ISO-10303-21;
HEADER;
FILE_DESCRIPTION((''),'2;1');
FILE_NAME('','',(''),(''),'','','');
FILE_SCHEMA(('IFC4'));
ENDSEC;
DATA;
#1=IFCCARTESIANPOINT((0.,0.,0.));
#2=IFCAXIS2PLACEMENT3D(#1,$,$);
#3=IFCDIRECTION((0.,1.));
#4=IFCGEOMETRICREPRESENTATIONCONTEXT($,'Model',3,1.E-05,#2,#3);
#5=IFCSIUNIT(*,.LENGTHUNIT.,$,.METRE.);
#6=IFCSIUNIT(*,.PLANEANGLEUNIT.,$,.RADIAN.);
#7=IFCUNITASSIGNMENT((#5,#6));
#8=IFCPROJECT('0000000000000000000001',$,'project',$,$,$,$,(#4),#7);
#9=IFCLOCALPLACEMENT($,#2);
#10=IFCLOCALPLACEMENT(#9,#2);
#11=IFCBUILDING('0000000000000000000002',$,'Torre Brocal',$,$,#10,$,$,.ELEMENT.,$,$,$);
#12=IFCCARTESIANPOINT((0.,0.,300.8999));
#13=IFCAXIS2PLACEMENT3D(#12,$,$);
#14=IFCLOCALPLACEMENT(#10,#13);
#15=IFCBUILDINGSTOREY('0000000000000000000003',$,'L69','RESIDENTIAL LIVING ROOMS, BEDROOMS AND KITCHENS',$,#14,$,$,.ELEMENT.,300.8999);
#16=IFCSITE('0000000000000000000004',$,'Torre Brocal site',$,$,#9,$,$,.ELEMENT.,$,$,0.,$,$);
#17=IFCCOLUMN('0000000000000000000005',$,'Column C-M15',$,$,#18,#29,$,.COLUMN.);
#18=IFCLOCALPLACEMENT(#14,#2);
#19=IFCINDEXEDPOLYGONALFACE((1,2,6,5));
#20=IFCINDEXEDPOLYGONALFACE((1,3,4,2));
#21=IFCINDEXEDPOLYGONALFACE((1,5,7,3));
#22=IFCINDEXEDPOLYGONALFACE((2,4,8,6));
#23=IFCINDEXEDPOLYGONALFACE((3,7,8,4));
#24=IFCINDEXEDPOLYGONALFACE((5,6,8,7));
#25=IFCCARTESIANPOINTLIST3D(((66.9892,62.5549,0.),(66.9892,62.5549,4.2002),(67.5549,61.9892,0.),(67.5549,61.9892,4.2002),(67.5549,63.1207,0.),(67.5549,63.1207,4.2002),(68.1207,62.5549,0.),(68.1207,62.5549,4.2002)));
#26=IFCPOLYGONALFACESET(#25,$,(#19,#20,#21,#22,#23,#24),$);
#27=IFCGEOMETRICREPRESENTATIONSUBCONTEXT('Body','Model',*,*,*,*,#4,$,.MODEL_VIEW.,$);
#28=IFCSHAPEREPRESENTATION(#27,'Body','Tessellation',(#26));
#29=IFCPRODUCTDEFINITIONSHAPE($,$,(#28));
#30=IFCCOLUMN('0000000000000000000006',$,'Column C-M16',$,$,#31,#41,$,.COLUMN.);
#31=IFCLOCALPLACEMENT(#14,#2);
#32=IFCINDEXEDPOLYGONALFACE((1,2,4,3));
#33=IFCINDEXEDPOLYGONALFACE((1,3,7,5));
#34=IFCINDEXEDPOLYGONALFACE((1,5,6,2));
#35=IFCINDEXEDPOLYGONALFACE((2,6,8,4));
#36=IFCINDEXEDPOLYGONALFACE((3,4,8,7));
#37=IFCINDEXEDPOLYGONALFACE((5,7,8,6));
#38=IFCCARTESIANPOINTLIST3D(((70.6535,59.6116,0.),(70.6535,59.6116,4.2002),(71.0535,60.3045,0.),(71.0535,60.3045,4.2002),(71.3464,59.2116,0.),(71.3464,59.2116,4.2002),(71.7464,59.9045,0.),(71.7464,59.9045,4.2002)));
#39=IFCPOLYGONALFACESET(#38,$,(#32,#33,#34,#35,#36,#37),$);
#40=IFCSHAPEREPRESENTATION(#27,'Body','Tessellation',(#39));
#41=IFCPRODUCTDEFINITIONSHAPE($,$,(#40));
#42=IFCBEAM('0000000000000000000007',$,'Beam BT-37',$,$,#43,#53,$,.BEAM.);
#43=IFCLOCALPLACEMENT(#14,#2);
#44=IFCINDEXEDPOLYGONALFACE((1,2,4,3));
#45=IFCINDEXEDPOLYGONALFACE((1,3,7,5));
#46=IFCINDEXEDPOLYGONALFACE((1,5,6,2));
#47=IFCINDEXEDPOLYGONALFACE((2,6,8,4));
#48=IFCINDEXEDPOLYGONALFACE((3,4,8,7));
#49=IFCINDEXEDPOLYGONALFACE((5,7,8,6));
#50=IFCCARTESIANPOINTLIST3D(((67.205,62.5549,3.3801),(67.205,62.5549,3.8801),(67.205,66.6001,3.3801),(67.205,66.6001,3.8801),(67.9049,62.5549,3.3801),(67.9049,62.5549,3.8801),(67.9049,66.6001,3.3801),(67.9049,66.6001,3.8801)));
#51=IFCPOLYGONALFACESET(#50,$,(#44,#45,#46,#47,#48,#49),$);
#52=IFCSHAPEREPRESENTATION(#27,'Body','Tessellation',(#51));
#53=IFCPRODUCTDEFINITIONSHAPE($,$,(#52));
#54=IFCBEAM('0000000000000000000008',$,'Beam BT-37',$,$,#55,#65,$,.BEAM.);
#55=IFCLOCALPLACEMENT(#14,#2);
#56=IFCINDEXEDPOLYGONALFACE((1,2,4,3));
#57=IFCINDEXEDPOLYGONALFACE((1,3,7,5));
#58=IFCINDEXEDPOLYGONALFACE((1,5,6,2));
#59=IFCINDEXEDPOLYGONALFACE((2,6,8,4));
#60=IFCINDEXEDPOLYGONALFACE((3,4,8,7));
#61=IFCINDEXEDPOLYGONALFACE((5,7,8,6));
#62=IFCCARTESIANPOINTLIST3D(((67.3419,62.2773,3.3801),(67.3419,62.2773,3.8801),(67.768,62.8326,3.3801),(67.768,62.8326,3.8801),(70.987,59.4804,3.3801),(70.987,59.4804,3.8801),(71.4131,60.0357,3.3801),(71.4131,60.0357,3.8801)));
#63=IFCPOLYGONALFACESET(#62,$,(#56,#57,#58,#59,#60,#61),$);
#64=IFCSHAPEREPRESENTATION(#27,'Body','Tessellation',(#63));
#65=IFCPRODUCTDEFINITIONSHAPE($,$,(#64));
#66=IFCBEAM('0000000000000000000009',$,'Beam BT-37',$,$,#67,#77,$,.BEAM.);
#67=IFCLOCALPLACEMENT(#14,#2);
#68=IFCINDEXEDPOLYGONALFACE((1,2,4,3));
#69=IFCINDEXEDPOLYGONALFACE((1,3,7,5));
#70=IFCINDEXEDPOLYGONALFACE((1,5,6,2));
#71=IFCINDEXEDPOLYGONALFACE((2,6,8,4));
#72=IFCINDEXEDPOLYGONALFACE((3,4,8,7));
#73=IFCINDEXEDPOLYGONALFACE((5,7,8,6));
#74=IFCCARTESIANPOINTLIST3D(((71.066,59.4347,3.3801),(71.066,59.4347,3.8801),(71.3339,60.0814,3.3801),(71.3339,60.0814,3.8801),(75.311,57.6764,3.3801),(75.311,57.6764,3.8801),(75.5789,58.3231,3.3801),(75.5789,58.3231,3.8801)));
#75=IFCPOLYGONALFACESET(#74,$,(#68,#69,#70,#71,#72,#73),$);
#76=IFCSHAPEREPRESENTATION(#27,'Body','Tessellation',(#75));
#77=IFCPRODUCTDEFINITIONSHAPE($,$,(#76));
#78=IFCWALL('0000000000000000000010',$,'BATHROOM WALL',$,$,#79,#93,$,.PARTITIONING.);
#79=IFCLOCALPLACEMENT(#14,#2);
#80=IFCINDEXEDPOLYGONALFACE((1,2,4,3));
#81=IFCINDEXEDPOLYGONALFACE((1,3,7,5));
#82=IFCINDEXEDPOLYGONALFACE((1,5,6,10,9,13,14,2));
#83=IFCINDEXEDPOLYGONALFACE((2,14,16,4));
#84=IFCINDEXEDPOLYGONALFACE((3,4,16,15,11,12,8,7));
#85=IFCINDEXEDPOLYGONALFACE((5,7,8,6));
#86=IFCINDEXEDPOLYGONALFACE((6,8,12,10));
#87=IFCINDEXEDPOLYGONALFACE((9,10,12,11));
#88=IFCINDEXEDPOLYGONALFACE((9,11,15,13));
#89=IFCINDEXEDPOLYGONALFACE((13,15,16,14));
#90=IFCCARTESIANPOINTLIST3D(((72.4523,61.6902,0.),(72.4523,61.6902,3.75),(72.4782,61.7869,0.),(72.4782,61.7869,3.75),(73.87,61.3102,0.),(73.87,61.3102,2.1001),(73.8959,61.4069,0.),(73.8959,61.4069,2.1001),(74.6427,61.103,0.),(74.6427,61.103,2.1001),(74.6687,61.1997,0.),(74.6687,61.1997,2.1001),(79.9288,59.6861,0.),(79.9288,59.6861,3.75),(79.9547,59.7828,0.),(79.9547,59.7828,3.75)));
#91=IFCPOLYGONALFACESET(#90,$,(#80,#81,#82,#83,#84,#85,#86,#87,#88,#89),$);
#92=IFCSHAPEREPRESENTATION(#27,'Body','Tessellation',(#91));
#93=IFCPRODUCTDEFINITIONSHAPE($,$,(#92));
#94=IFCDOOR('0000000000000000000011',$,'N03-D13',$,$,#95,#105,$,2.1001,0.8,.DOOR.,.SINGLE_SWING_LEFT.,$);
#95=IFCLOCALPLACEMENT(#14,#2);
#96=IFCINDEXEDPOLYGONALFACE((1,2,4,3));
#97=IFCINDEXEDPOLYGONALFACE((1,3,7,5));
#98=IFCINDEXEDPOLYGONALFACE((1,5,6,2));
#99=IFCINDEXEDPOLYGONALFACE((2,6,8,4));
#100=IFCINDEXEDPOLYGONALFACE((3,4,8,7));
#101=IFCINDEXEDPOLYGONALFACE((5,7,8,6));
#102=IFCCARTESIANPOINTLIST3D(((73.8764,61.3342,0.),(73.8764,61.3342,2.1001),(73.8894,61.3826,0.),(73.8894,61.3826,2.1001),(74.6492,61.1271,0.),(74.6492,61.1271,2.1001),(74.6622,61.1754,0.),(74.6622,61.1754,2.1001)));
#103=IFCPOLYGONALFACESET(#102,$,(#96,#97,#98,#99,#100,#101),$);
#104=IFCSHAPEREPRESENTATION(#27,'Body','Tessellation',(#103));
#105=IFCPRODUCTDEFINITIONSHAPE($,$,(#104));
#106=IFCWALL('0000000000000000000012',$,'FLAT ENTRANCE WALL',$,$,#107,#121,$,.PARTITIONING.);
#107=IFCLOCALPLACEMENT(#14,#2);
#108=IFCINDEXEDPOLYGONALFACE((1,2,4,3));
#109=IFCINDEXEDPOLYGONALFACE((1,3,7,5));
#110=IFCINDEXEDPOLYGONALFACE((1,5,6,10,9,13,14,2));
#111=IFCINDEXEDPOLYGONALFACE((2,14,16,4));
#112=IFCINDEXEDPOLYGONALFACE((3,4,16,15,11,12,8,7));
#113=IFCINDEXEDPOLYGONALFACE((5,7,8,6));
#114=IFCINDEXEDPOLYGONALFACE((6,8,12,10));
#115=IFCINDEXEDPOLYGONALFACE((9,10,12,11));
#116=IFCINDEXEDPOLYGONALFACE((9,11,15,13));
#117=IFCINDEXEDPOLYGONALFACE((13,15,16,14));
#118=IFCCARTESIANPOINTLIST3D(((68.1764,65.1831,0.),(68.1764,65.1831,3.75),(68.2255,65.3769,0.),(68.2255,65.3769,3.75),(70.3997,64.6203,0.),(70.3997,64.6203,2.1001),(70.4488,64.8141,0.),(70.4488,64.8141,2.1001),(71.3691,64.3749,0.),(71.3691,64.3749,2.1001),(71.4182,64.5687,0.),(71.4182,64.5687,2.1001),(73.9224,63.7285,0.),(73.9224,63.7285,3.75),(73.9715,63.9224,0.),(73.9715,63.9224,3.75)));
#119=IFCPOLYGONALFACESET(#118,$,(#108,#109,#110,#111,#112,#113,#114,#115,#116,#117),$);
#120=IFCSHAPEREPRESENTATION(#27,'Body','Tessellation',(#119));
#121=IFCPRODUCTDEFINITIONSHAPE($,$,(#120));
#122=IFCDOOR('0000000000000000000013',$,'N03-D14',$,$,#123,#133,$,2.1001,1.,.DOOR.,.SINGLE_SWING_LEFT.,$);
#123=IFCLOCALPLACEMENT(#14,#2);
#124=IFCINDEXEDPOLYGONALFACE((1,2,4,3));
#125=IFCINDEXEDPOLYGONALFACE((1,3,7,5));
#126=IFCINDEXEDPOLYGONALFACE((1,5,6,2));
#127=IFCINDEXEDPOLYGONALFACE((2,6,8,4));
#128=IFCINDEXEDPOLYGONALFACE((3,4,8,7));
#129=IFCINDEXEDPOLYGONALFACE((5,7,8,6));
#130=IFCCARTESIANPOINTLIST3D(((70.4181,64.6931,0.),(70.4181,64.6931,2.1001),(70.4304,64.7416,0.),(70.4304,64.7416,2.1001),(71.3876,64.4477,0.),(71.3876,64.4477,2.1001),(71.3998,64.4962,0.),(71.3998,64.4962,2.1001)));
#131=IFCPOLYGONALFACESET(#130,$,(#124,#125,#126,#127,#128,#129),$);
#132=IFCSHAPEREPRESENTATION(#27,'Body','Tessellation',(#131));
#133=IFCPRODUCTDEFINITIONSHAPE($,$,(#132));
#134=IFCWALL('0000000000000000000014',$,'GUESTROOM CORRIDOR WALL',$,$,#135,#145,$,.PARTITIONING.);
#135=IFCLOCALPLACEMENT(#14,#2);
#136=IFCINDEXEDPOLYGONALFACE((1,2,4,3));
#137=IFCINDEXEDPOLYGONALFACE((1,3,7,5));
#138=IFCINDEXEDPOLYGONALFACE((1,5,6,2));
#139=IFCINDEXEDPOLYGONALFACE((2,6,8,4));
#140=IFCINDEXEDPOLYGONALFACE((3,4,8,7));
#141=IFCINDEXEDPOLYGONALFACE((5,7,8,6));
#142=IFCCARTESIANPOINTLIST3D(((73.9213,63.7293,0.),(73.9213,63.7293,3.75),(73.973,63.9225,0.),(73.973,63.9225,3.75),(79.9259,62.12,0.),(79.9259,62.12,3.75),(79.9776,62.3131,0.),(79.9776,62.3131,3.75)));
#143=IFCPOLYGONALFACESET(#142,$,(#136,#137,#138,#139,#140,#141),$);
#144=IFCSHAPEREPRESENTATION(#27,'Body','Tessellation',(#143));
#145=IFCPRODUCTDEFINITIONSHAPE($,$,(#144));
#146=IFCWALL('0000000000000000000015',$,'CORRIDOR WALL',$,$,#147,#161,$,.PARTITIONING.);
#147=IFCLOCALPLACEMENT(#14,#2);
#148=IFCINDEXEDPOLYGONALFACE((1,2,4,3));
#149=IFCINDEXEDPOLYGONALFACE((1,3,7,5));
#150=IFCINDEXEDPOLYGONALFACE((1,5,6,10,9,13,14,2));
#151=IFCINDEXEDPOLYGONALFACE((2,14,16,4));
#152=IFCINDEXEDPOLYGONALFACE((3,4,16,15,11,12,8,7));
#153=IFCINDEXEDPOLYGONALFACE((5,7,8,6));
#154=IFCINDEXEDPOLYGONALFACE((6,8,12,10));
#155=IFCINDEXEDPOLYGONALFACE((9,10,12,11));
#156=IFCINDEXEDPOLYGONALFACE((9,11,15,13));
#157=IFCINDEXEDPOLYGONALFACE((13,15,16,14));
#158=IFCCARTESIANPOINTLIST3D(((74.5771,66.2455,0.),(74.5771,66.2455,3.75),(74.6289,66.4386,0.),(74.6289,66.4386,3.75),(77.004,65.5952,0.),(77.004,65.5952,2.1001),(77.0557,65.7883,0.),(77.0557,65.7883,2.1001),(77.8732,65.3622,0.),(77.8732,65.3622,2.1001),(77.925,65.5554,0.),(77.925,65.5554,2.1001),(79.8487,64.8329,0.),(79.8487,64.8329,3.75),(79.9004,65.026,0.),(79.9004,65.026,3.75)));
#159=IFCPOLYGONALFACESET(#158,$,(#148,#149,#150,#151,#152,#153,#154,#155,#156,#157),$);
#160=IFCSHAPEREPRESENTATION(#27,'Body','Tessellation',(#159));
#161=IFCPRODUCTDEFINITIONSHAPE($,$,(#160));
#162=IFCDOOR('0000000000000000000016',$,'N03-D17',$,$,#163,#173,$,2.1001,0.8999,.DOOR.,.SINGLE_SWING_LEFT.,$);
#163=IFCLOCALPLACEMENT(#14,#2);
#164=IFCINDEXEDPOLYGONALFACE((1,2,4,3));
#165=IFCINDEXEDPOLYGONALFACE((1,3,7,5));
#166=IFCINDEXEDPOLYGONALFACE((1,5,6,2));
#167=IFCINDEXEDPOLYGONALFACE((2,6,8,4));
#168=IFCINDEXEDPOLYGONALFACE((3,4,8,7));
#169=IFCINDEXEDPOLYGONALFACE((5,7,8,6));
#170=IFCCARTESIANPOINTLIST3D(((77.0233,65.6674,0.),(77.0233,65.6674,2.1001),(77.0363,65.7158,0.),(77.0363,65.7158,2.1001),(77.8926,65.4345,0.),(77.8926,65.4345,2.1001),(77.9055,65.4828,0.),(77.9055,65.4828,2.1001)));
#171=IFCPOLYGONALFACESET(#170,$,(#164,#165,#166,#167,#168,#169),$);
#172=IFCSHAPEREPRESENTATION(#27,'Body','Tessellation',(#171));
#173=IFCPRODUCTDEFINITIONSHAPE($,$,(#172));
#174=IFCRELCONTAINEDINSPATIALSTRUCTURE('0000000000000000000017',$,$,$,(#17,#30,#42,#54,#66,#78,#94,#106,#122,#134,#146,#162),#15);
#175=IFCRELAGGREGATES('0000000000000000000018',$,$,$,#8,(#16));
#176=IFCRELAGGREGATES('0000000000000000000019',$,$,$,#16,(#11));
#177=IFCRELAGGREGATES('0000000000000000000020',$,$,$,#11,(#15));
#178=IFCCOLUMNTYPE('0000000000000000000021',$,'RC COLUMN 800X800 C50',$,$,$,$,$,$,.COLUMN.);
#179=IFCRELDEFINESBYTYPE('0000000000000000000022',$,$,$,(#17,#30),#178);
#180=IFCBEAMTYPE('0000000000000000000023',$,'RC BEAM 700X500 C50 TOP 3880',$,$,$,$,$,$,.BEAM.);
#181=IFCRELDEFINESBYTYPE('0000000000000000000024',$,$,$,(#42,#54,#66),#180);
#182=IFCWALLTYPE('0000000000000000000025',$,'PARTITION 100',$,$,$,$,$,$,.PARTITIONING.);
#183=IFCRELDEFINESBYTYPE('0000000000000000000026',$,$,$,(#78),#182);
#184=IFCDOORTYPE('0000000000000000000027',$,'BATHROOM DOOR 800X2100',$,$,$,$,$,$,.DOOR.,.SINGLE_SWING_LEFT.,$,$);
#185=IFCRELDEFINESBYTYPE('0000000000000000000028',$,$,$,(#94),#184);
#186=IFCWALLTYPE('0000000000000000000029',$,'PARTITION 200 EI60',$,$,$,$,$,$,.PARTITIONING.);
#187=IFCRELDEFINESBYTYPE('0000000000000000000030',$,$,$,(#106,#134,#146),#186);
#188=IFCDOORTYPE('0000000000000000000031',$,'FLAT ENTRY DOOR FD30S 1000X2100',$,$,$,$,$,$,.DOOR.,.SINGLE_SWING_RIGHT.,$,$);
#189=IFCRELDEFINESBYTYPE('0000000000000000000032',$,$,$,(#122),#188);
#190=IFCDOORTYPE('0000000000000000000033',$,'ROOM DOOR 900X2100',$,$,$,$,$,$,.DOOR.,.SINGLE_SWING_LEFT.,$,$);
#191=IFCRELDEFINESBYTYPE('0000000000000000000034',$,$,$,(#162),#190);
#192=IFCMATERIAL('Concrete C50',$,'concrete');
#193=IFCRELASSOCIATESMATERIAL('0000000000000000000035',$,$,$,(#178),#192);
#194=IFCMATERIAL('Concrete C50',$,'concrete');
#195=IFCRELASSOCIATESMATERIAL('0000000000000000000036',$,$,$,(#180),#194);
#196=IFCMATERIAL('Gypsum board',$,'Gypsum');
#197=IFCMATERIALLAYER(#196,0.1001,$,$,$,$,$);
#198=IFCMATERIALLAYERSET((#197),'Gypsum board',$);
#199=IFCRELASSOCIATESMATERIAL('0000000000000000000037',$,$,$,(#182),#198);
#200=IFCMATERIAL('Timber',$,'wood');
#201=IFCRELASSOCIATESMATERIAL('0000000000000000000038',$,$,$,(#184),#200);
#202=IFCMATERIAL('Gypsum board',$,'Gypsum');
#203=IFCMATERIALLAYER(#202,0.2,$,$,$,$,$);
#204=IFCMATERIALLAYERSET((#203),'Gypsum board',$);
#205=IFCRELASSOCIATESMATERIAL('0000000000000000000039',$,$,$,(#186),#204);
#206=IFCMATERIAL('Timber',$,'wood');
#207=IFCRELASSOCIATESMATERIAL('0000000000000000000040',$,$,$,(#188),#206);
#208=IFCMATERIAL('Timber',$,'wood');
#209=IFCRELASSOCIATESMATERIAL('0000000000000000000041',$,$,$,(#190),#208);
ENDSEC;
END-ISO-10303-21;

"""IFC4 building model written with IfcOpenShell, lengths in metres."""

from ifc_helpers import new_model, si_unit, direction, frame, frame_2d, origin, origin_2d, place, context, subcontext, project, spatial, rectangle, extrude, material, layer, layer_set, material_profile, profile_set, type_object, element, fill, save


model = new_model("IFC4")

# Units and contexts
model_context = context("Model", 3, precision=1e-05, world=origin(), true_north=direction((0.0, 1.0)))
body_context = subcontext(model_context, "Body", "Model", "MODEL_VIEW")
ifc_project = project(units=[si_unit("LENGTHUNIT", "METRE"), si_unit("PLANEANGLEUNIT", "RADIAN")], contexts=[model_context])

# Site, building, storey
site_placement = place(None, origin())
site = spatial("IfcSite", under=ifc_project, at=site_placement, Name="Torre Brocal site", CompositionType="ELEMENT", RefElevation=0.0)
building_placement = place(site_placement, origin())
building = spatial("IfcBuilding", under=site, at=building_placement, Name="Torre Brocal", CompositionType="ELEMENT")
storey_placement = place(building_placement, frame((0.0, 0.0, 300.8999)))
storey = spatial("IfcBuildingStorey", under=building, at=storey_placement, Name="L69", Description="RESIDENTIAL LIVING ROOMS, BEDROOMS AND KITCHENS", CompositionType="ELEMENT", Elevation=300.8999)

# Columns
ifc_material_1 = material(Name="Concrete C50", Category="concrete")
ifc_material_profile_1 = material_profile(ifc_material_1, rectangle(XDim=0.8, YDim=0.8, at=origin_2d()), Name="RC 800X800")
ifc_profile_set_1 = profile_set([ifc_material_profile_1], Name="Concrete C50")
column_type = type_object("IfcColumnType", Name="RC COLUMN 800X800 C50", PredefinedType="COLUMN", material=ifc_profile_set_1)
for number, where, z_axis, x_axis, name in (
    (1, (67.5549, 62.5549, 0.0), (0.0, 0.0, 1.0), (-0.707107, -0.707107, 0.0), "Column C-M15"),
    (2, (71.2, 59.7581, 0.0), (0.0, 0.0, 1.0), (-0.5, -0.866025, 0.0), "Column C-M16"),
):
    element("IfcColumn", number, at=place(storey_placement, frame(where, z_axis=z_axis, x_axis=x_axis)), inside=storey, type_object=column_type, Name=name, PredefinedType="COLUMN", context=body_context, shape_type="SweptSolid", body=[
        extrude(rectangle(XDim=0.8, YDim=0.8, at=origin_2d()), origin(), (0.0, 0.0, 1.0), 4.2002),
    ])

# Beams
ifc_material_2 = material(Name="Concrete C50", Category="concrete")
ifc_material_profile_2 = material_profile(ifc_material_2, rectangle(XDim=0.7, YDim=0.5, at=origin_2d()), Name="RC 700X500")
ifc_profile_set_2 = profile_set([ifc_material_profile_2], Name="Concrete C50")
beam_type = type_object("IfcBeamType", Name="RC BEAM 700X500 C50 TOP 3880", PredefinedType="BEAM", material=ifc_profile_set_2)
beam_1_placement = place(storey_placement, frame((67.5549, 62.5549, 3.6301), z_axis=(0.0, 1.0, 0.0), x_axis=(-1.0, 0.0, 0.0)))
element("IfcBeam", 3, at=beam_1_placement, inside=storey, type_object=beam_type, Name="Beam BT-37", PredefinedType="BEAM", context=body_context, shape_type="SweptSolid", body=[
    extrude(rectangle(XDim=0.7, YDim=0.5, at=origin_2d()), origin(), (0.0, 0.0, 1.0), 4.0452),
])
beam_2_placement = place(storey_placement, frame((67.5549, 62.5549, 3.6301), z_axis=(0.793358, -0.608755, 0.0), x_axis=(0.608755, 0.793358, 0.0)))
element("IfcBeam", 4, at=beam_2_placement, inside=storey, type_object=beam_type, Name="Beam BT-37", PredefinedType="BEAM", context=body_context, shape_type="SweptSolid", body=[
    extrude(rectangle(XDim=0.7, YDim=0.5, at=origin_2d()), origin(), (0.0, 0.0, 1.0), 4.5945),
])
beam_3_placement = place(storey_placement, frame((71.2, 59.7581, 3.6301), z_axis=(0.923878, -0.382687, 0.0), x_axis=(0.382687, 0.923878, 0.0)))
element("IfcBeam", 5, at=beam_3_placement, inside=storey, type_object=beam_type, Name="Beam BT-37", PredefinedType="BEAM", context=body_context, shape_type="SweptSolid", body=[
    extrude(rectangle(XDim=0.7, YDim=0.5, at=origin_2d()), origin(), (0.0, 0.0, 1.0), 4.5947),
])

# Walls, openings, doors
ifc_material_3 = material(Name="Gypsum board", Category="Gypsum")
ifc_layer_1 = layer(ifc_material_3, 0.1001)
ifc_layer_set_1 = layer_set([ifc_layer_1], Name="Gypsum board")
wall_type_1 = type_object("IfcWallType", Name="PARTITION 100", PredefinedType="PARTITIONING", material=ifc_layer_set_1)
wall_1_placement = place(storey_placement, frame((72.4653, 61.7385, 0.0), z_axis=(0.0, 0.0, 1.0), x_axis=(0.9659, -0.258917, 0.0)))
wall_1 = element("IfcWall", 6, at=wall_1_placement, inside=storey, type_object=wall_type_1, Name="BATHROOM WALL", PredefinedType="PARTITIONING", context=body_context, shape_type="SweptSolid", body=[
    extrude(rectangle(XDim=7.7405, YDim=0.1001, at=frame_2d((3.8701, 0.0))), origin(), (0.0, 0.0, 1.0), 3.75),
])
opening_1_placement = place(wall_1_placement, frame((1.4678, 0.0, 0.0)))
opening_1 = element("IfcOpeningElement", 7, at=opening_1_placement, cuts=wall_1, PredefinedType="OPENING", context=body_context, shape_type="SweptSolid", body=[
    extrude(rectangle(XDim=0.8, YDim=2.1001, at=frame_2d((0.3999, 1.05))), frame((0.0, 0.0601, 0.0), z_axis=(0.0, -1.0, 0.0), x_axis=(1.0, 0.0, 0.0)), (0.0, 0.0, 1.0), 0.1201),
])
ifc_material_4 = material(Name="Timber", Category="wood")
door_type_1 = type_object("IfcDoorType", Name="BATHROOM DOOR 800X2100", OperationType="SINGLE_SWING_LEFT", PredefinedType="DOOR", material=ifc_material_4)
door_1_placement = place(opening_1_placement, origin())
door_1 = element("IfcDoor", 8, at=door_1_placement, inside=storey, type_object=door_type_1, Name="N03-D13", OperationType="SINGLE_SWING_LEFT", OverallHeight=2.1001, OverallWidth=0.8, PredefinedType="DOOR", context=body_context, shape_type="SweptSolid", body=[
    extrude(rectangle(XDim=0.8, YDim=2.1001, at=frame_2d((0.3999, 1.05))), frame((0.0, 0.0249, 0.0), z_axis=(0.0, -1.0, 0.0), x_axis=(1.0, 0.0, 0.0)), (0.0, 0.0, 1.0), 0.05),
])
fill(opening_1, door_1)
ifc_material_5 = material(Name="Gypsum board", Category="Gypsum")
ifc_layer_2 = layer(ifc_material_5, 0.2)
ifc_layer_set_2 = layer_set([ifc_layer_2], Name="Gypsum board")
wall_type_2 = type_object("IfcWallType", Name="PARTITION 200 EI60", PredefinedType="PARTITIONING", material=ifc_layer_set_2)
wall_2_placement = place(storey_placement, frame((68.2009, 65.28, 0.0), z_axis=(0.0, 0.0, 1.0), x_axis=(0.969421, -0.245403, 0.0)))
wall_2 = element("IfcWall", 9, at=wall_2_placement, inside=storey, type_object=wall_type_2, Name="FLAT ENTRANCE WALL", PredefinedType="PARTITIONING", context=body_context, shape_type="SweptSolid", body=[
    extrude(rectangle(XDim=5.9272, YDim=0.2, at=frame_2d((2.9636, 0.0))), origin(), (0.0, 0.0, 1.0), 3.75),
])
opening_2_placement = place(wall_2_placement, frame((2.2935, 0.0, 0.0)))
opening_2 = element("IfcOpeningElement", 10, at=opening_2_placement, cuts=wall_2, PredefinedType="OPENING", context=body_context, shape_type="SweptSolid", body=[
    extrude(rectangle(XDim=1.0, YDim=2.1001, at=frame_2d((0.5, 1.05))), frame((0.0, 0.1099, 0.0), z_axis=(0.0, -1.0, 0.0), x_axis=(1.0, 0.0, 0.0)), (0.0, 0.0, 1.0), 0.22),
])
ifc_material_6 = material(Name="Timber", Category="wood")
door_type_2 = type_object("IfcDoorType", Name="FLAT ENTRY DOOR FD30S 1000X2100", OperationType="SINGLE_SWING_RIGHT", PredefinedType="DOOR", material=ifc_material_6)
door_2_placement = place(opening_2_placement, frame((1.0, 0.0, 0.0), z_axis=(0.0, 0.0, 1.0), x_axis=(-1.0, 0.0, 0.0)))
door_2 = element("IfcDoor", 11, at=door_2_placement, inside=storey, type_object=door_type_2, Name="N03-D14", OperationType="SINGLE_SWING_LEFT", OverallHeight=2.1001, OverallWidth=1.0, PredefinedType="DOOR", context=body_context, shape_type="SweptSolid", body=[
    extrude(rectangle(XDim=1.0, YDim=2.1001, at=frame_2d((0.5, 1.05))), frame((0.0, 0.0249, 0.0), z_axis=(0.0, -1.0, 0.0), x_axis=(1.0, 0.0, 0.0)), (0.0, 0.0, 1.0), 0.05),
])
fill(opening_2, door_2)

# Wall
wall_3_placement = place(storey_placement, frame((73.947, 63.8259, 0.0), z_axis=(0.0, 0.0, 1.0), x_axis=(0.965908, -0.258885, 0.0)))
element("IfcWall", 12, at=wall_3_placement, inside=storey, type_object=wall_type_2, Name="GUESTROOM CORRIDOR WALL", PredefinedType="PARTITIONING", context=body_context, shape_type="SweptSolid", body=[
    extrude(rectangle(XDim=6.2166, YDim=0.2, at=frame_2d((3.1084, 0.0))), origin(), (0.0, 0.0, 1.0), 3.75),
])

# Wall, opening, door
wall_4_placement = place(storey_placement, frame((74.603, 66.342, 0.0), z_axis=(0.0, 0.0, 1.0), x_axis=(0.965921, -0.258837, 0.0)))
wall_4 = element("IfcWall", 13, at=wall_4_placement, inside=storey, type_object=wall_type_2, Name="CORRIDOR WALL", PredefinedType="PARTITIONING", context=body_context, shape_type="SweptSolid", body=[
    extrude(rectangle(XDim=5.4575, YDim=0.2, at=frame_2d((2.7288, 0.0))), origin(), (0.0, 0.0, 1.0), 3.75),
])
opening_3_placement = place(wall_4_placement, frame((2.5125, 0.0, 0.0)))
opening_3 = element("IfcOpeningElement", 14, at=opening_3_placement, cuts=wall_4, PredefinedType="OPENING", context=body_context, shape_type="SweptSolid", body=[
    extrude(rectangle(XDim=0.8999, YDim=2.1001, at=frame_2d((0.45, 1.05))), frame((0.0, 0.1099, 0.0), z_axis=(0.0, -1.0, 0.0), x_axis=(1.0, 0.0, 0.0)), (0.0, 0.0, 1.0), 0.22),
])
ifc_material_7 = material(Name="Timber", Category="wood")
door_type_3 = type_object("IfcDoorType", Name="ROOM DOOR 900X2100", OperationType="SINGLE_SWING_LEFT", PredefinedType="DOOR", material=ifc_material_7)
door_3_placement = place(opening_3_placement, origin())
door_3 = element("IfcDoor", 15, at=door_3_placement, inside=storey, type_object=door_type_3, Name="N03-D17", OperationType="SINGLE_SWING_LEFT", OverallHeight=2.1001, OverallWidth=0.8999, PredefinedType="DOOR", context=body_context, shape_type="SweptSolid", body=[
    extrude(rectangle(XDim=0.8999, YDim=2.1001, at=frame_2d((0.45, 1.05))), frame((0.0, 0.0249, 0.0), z_axis=(0.0, -1.0, 0.0), x_axis=(1.0, 0.0, 0.0)), (0.0, 0.0, 1.0), 0.05),
])
fill(opening_3, door_3)

save(model, "model.ifc")
